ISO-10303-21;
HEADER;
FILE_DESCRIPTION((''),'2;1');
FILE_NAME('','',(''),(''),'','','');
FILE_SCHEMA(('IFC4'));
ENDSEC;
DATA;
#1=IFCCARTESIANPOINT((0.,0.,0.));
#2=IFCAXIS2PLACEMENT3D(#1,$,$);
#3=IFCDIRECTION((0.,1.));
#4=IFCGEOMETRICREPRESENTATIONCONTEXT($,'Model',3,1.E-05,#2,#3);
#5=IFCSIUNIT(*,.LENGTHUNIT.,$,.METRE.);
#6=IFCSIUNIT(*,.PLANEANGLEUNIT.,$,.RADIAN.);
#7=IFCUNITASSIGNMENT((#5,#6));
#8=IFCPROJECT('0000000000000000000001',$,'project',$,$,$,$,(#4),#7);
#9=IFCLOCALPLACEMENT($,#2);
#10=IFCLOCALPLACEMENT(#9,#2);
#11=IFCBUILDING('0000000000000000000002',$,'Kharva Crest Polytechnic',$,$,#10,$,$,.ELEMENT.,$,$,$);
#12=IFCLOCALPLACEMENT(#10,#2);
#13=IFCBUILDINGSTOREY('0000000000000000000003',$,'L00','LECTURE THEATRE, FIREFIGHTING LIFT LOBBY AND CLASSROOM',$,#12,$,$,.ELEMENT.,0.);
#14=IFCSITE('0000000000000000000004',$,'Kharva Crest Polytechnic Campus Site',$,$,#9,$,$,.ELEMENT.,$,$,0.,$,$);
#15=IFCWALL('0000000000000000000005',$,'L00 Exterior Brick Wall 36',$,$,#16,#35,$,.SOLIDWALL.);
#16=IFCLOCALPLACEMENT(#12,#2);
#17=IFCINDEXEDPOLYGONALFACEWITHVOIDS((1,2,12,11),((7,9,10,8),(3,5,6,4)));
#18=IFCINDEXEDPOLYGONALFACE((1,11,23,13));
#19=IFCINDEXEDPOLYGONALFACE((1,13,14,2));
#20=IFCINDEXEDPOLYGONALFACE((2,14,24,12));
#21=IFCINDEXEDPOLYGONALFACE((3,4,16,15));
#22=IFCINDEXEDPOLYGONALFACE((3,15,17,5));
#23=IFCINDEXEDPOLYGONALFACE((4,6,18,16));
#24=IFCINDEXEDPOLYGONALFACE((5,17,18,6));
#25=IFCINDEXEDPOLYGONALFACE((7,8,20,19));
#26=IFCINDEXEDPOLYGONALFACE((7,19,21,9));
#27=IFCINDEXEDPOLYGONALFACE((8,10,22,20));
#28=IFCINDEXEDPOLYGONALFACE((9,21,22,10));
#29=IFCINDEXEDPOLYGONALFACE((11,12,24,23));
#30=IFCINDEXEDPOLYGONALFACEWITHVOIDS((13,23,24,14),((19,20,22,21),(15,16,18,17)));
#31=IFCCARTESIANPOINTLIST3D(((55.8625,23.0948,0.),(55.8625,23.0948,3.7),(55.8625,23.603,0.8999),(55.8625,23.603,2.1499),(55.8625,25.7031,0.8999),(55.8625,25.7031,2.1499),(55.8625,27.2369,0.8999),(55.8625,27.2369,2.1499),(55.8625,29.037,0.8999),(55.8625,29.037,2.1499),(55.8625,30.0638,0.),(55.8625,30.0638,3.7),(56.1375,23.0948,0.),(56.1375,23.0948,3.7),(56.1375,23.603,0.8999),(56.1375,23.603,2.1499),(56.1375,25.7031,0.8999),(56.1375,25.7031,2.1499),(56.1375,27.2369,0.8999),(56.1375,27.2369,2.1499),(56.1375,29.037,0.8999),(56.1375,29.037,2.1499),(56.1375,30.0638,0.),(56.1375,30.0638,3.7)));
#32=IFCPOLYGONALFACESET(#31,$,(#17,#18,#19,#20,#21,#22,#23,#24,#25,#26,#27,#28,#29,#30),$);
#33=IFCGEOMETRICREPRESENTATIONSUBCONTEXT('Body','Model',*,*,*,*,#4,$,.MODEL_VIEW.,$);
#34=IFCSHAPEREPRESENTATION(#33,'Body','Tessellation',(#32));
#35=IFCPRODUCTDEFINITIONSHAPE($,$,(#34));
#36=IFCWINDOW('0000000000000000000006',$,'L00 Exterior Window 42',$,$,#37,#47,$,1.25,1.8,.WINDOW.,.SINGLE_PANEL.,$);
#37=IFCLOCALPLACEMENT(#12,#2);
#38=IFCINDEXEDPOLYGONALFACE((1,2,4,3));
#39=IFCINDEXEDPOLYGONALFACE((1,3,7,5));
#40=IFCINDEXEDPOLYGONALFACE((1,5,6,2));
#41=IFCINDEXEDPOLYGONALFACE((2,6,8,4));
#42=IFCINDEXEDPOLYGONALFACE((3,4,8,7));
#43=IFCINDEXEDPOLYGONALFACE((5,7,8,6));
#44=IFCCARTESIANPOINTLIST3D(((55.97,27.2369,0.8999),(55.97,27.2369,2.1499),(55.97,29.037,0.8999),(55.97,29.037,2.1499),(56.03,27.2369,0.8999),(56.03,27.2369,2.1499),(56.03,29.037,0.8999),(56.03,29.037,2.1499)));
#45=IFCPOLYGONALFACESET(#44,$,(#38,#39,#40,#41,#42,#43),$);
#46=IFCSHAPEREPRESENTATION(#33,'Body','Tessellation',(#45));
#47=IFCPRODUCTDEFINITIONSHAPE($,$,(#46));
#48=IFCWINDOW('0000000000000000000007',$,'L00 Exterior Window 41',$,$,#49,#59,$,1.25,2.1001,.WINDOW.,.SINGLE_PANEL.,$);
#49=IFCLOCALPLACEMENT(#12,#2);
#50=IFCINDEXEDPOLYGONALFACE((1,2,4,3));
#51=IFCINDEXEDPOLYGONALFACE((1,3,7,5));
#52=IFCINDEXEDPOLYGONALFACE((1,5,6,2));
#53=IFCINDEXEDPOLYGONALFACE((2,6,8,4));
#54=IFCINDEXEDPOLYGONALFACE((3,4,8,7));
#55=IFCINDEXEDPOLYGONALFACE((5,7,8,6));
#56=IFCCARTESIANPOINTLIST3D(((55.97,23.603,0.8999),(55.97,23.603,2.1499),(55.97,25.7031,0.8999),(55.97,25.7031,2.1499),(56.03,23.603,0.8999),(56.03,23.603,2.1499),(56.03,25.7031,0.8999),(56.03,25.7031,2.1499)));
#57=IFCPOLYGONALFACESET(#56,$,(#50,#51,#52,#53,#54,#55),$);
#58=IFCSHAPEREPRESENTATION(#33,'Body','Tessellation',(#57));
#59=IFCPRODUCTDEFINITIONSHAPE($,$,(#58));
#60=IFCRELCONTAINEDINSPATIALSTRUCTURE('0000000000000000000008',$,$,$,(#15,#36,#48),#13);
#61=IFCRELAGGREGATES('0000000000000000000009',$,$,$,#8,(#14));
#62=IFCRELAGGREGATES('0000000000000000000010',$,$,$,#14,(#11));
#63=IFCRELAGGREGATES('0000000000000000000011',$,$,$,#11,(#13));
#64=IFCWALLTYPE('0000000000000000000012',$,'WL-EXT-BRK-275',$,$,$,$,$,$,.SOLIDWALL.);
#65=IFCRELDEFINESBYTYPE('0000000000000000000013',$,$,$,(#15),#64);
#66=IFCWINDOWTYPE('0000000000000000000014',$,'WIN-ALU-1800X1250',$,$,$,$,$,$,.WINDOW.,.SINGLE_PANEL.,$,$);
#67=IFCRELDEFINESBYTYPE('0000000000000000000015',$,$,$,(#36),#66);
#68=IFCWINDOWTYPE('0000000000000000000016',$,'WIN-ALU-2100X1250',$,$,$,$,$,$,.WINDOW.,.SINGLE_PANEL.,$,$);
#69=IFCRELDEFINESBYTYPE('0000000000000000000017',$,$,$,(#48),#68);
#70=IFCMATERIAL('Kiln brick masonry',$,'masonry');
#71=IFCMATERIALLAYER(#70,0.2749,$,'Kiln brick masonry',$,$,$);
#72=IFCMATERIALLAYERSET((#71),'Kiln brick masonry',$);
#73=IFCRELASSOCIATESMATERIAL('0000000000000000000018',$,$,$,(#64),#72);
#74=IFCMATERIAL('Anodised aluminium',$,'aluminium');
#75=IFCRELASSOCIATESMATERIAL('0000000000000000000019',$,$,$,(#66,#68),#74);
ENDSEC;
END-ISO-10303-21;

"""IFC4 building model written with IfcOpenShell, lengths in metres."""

from ifc_helpers import new_model, si_unit, direction, frame, frame_2d, origin, place, context, subcontext, project, spatial, rectangle, extrude, material, layer, layer_set, type_object, element, fill, save


model = new_model("IFC4")

# Units and contexts
model_context = context("Model", 3, precision=1e-05, world=origin(), true_north=direction((0.0, 1.0)))
body_context = subcontext(model_context, "Body", "Model", "MODEL_VIEW")
ifc_project = project(units=[si_unit("LENGTHUNIT", "METRE"), si_unit("PLANEANGLEUNIT", "RADIAN")], contexts=[model_context])

# Site, building, storey
site_placement = place(None, origin())
site = spatial("IfcSite", under=ifc_project, at=site_placement, Name="Kharva Crest Polytechnic Campus Site", CompositionType="ELEMENT", RefElevation=0.0)
building_placement = place(site_placement, origin())
building = spatial("IfcBuilding", under=site, at=building_placement, Name="Kharva Crest Polytechnic", CompositionType="ELEMENT")
storey_placement = place(building_placement, origin())
storey = spatial("IfcBuildingStorey", under=building, at=storey_placement, Name="L00", Description="LECTURE THEATRE, FIREFIGHTING LIFT LOBBY AND CLASSROOM", CompositionType="ELEMENT", Elevation=0.0)

# Wall, openings, windows
ifc_material_1 = material(Name="Kiln brick masonry", Category="masonry")
ifc_layer_1 = layer(ifc_material_1, 0.2749, Name="Kiln brick masonry")
ifc_layer_set_1 = layer_set([ifc_layer_1], Name="Kiln brick masonry")
wall_type_1 = type_object("IfcWallType", Name="WL-EXT-BRK-275", PredefinedType="SOLIDWALL", material=ifc_layer_set_1)
wall_1_placement = place(storey_placement, frame((56.0, 23.095, 0.0), z_axis=(0.0, 0.0, 1.0), x_axis=(0.0, 1.0, 0.0)))
wall_1 = element("IfcWall", 1, at=wall_1_placement, inside=storey, type_object=wall_type_1, Name="L00 Exterior Brick Wall 36", PredefinedType="SOLIDWALL", context=body_context, shape_type="SweptSolid", body=[
    extrude(rectangle(XDim=6.969, YDim=0.2749, at=frame_2d((3.4844, 0.0))), origin(), (0.0, 0.0, 1.0), 3.7),
])
opening_1_placement = place(wall_1_placement, frame((0.5081, 0.0, 0.8999)))
opening_1 = element("IfcOpeningElement", 2, at=opening_1_placement, cuts=wall_1, PredefinedType="OPENING", context=body_context, shape_type="SweptSolid", body=[
    extrude(rectangle(XDim=2.1001, YDim=1.25, at=frame_2d((1.05, 0.625))), frame((0.0, 0.1475, 0.0), z_axis=(0.0, -1.0, 0.0), x_axis=(1.0, 0.0, 0.0)), (0.0, 0.0, 1.0), 0.2949),
])
opening_2_placement = place(wall_1_placement, frame((4.1421, 0.0, 0.8999)))
opening_2 = element("IfcOpeningElement", 3, at=opening_2_placement, cuts=wall_1, PredefinedType="OPENING", context=body_context, shape_type="SweptSolid", body=[
    extrude(rectangle(XDim=1.8, YDim=1.25, at=frame_2d((0.8999, 0.625))), frame((0.0, 0.1475, 0.0), z_axis=(0.0, -1.0, 0.0), x_axis=(1.0, 0.0, 0.0)), (0.0, 0.0, 1.0), 0.2949),
])
ifc_material_2 = material(Name="Anodised aluminium", Category="aluminium")
window_type_1 = type_object("IfcWindowType", Name="WIN-ALU-1800X1250", PartitioningType="SINGLE_PANEL", PredefinedType="WINDOW", material=ifc_material_2)
window_1_placement = place(opening_2_placement, origin())
window_1 = element("IfcWindow", 4, at=window_1_placement, inside=storey, type_object=window_type_1, Name="L00 Exterior Window 42", OverallHeight=1.25, OverallWidth=1.8, PartitioningType="SINGLE_PANEL", PredefinedType="WINDOW", context=body_context, shape_type="SweptSolid", body=[
    extrude(rectangle(XDim=1.8, YDim=1.25, at=frame_2d((0.8999, 0.625))), frame((0.0, 0.03, 0.0), z_axis=(0.0, -1.0, 0.0), x_axis=(1.0, 0.0, 0.0)), (0.0, 0.0, 1.0), 0.0601),
])
fill(opening_2, window_1)
window_type_2 = type_object("IfcWindowType", Name="WIN-ALU-2100X1250", PartitioningType="SINGLE_PANEL", PredefinedType="WINDOW", material=ifc_material_2)
window_2_placement = place(opening_1_placement, origin())
window_2 = element("IfcWindow", 5, at=window_2_placement, inside=storey, type_object=window_type_2, Name="L00 Exterior Window 41", OverallHeight=1.25, OverallWidth=2.1001, PartitioningType="SINGLE_PANEL", PredefinedType="WINDOW", context=body_context, shape_type="SweptSolid", body=[
    extrude(rectangle(XDim=2.1001, YDim=1.25, at=frame_2d((1.05, 0.625))), frame((0.0, 0.03, 0.0), z_axis=(0.0, -1.0, 0.0), x_axis=(1.0, 0.0, 0.0)), (0.0, 0.0, 1.0), 0.0601),
])
fill(opening_1, window_2)

save(model, "model.ifc")
